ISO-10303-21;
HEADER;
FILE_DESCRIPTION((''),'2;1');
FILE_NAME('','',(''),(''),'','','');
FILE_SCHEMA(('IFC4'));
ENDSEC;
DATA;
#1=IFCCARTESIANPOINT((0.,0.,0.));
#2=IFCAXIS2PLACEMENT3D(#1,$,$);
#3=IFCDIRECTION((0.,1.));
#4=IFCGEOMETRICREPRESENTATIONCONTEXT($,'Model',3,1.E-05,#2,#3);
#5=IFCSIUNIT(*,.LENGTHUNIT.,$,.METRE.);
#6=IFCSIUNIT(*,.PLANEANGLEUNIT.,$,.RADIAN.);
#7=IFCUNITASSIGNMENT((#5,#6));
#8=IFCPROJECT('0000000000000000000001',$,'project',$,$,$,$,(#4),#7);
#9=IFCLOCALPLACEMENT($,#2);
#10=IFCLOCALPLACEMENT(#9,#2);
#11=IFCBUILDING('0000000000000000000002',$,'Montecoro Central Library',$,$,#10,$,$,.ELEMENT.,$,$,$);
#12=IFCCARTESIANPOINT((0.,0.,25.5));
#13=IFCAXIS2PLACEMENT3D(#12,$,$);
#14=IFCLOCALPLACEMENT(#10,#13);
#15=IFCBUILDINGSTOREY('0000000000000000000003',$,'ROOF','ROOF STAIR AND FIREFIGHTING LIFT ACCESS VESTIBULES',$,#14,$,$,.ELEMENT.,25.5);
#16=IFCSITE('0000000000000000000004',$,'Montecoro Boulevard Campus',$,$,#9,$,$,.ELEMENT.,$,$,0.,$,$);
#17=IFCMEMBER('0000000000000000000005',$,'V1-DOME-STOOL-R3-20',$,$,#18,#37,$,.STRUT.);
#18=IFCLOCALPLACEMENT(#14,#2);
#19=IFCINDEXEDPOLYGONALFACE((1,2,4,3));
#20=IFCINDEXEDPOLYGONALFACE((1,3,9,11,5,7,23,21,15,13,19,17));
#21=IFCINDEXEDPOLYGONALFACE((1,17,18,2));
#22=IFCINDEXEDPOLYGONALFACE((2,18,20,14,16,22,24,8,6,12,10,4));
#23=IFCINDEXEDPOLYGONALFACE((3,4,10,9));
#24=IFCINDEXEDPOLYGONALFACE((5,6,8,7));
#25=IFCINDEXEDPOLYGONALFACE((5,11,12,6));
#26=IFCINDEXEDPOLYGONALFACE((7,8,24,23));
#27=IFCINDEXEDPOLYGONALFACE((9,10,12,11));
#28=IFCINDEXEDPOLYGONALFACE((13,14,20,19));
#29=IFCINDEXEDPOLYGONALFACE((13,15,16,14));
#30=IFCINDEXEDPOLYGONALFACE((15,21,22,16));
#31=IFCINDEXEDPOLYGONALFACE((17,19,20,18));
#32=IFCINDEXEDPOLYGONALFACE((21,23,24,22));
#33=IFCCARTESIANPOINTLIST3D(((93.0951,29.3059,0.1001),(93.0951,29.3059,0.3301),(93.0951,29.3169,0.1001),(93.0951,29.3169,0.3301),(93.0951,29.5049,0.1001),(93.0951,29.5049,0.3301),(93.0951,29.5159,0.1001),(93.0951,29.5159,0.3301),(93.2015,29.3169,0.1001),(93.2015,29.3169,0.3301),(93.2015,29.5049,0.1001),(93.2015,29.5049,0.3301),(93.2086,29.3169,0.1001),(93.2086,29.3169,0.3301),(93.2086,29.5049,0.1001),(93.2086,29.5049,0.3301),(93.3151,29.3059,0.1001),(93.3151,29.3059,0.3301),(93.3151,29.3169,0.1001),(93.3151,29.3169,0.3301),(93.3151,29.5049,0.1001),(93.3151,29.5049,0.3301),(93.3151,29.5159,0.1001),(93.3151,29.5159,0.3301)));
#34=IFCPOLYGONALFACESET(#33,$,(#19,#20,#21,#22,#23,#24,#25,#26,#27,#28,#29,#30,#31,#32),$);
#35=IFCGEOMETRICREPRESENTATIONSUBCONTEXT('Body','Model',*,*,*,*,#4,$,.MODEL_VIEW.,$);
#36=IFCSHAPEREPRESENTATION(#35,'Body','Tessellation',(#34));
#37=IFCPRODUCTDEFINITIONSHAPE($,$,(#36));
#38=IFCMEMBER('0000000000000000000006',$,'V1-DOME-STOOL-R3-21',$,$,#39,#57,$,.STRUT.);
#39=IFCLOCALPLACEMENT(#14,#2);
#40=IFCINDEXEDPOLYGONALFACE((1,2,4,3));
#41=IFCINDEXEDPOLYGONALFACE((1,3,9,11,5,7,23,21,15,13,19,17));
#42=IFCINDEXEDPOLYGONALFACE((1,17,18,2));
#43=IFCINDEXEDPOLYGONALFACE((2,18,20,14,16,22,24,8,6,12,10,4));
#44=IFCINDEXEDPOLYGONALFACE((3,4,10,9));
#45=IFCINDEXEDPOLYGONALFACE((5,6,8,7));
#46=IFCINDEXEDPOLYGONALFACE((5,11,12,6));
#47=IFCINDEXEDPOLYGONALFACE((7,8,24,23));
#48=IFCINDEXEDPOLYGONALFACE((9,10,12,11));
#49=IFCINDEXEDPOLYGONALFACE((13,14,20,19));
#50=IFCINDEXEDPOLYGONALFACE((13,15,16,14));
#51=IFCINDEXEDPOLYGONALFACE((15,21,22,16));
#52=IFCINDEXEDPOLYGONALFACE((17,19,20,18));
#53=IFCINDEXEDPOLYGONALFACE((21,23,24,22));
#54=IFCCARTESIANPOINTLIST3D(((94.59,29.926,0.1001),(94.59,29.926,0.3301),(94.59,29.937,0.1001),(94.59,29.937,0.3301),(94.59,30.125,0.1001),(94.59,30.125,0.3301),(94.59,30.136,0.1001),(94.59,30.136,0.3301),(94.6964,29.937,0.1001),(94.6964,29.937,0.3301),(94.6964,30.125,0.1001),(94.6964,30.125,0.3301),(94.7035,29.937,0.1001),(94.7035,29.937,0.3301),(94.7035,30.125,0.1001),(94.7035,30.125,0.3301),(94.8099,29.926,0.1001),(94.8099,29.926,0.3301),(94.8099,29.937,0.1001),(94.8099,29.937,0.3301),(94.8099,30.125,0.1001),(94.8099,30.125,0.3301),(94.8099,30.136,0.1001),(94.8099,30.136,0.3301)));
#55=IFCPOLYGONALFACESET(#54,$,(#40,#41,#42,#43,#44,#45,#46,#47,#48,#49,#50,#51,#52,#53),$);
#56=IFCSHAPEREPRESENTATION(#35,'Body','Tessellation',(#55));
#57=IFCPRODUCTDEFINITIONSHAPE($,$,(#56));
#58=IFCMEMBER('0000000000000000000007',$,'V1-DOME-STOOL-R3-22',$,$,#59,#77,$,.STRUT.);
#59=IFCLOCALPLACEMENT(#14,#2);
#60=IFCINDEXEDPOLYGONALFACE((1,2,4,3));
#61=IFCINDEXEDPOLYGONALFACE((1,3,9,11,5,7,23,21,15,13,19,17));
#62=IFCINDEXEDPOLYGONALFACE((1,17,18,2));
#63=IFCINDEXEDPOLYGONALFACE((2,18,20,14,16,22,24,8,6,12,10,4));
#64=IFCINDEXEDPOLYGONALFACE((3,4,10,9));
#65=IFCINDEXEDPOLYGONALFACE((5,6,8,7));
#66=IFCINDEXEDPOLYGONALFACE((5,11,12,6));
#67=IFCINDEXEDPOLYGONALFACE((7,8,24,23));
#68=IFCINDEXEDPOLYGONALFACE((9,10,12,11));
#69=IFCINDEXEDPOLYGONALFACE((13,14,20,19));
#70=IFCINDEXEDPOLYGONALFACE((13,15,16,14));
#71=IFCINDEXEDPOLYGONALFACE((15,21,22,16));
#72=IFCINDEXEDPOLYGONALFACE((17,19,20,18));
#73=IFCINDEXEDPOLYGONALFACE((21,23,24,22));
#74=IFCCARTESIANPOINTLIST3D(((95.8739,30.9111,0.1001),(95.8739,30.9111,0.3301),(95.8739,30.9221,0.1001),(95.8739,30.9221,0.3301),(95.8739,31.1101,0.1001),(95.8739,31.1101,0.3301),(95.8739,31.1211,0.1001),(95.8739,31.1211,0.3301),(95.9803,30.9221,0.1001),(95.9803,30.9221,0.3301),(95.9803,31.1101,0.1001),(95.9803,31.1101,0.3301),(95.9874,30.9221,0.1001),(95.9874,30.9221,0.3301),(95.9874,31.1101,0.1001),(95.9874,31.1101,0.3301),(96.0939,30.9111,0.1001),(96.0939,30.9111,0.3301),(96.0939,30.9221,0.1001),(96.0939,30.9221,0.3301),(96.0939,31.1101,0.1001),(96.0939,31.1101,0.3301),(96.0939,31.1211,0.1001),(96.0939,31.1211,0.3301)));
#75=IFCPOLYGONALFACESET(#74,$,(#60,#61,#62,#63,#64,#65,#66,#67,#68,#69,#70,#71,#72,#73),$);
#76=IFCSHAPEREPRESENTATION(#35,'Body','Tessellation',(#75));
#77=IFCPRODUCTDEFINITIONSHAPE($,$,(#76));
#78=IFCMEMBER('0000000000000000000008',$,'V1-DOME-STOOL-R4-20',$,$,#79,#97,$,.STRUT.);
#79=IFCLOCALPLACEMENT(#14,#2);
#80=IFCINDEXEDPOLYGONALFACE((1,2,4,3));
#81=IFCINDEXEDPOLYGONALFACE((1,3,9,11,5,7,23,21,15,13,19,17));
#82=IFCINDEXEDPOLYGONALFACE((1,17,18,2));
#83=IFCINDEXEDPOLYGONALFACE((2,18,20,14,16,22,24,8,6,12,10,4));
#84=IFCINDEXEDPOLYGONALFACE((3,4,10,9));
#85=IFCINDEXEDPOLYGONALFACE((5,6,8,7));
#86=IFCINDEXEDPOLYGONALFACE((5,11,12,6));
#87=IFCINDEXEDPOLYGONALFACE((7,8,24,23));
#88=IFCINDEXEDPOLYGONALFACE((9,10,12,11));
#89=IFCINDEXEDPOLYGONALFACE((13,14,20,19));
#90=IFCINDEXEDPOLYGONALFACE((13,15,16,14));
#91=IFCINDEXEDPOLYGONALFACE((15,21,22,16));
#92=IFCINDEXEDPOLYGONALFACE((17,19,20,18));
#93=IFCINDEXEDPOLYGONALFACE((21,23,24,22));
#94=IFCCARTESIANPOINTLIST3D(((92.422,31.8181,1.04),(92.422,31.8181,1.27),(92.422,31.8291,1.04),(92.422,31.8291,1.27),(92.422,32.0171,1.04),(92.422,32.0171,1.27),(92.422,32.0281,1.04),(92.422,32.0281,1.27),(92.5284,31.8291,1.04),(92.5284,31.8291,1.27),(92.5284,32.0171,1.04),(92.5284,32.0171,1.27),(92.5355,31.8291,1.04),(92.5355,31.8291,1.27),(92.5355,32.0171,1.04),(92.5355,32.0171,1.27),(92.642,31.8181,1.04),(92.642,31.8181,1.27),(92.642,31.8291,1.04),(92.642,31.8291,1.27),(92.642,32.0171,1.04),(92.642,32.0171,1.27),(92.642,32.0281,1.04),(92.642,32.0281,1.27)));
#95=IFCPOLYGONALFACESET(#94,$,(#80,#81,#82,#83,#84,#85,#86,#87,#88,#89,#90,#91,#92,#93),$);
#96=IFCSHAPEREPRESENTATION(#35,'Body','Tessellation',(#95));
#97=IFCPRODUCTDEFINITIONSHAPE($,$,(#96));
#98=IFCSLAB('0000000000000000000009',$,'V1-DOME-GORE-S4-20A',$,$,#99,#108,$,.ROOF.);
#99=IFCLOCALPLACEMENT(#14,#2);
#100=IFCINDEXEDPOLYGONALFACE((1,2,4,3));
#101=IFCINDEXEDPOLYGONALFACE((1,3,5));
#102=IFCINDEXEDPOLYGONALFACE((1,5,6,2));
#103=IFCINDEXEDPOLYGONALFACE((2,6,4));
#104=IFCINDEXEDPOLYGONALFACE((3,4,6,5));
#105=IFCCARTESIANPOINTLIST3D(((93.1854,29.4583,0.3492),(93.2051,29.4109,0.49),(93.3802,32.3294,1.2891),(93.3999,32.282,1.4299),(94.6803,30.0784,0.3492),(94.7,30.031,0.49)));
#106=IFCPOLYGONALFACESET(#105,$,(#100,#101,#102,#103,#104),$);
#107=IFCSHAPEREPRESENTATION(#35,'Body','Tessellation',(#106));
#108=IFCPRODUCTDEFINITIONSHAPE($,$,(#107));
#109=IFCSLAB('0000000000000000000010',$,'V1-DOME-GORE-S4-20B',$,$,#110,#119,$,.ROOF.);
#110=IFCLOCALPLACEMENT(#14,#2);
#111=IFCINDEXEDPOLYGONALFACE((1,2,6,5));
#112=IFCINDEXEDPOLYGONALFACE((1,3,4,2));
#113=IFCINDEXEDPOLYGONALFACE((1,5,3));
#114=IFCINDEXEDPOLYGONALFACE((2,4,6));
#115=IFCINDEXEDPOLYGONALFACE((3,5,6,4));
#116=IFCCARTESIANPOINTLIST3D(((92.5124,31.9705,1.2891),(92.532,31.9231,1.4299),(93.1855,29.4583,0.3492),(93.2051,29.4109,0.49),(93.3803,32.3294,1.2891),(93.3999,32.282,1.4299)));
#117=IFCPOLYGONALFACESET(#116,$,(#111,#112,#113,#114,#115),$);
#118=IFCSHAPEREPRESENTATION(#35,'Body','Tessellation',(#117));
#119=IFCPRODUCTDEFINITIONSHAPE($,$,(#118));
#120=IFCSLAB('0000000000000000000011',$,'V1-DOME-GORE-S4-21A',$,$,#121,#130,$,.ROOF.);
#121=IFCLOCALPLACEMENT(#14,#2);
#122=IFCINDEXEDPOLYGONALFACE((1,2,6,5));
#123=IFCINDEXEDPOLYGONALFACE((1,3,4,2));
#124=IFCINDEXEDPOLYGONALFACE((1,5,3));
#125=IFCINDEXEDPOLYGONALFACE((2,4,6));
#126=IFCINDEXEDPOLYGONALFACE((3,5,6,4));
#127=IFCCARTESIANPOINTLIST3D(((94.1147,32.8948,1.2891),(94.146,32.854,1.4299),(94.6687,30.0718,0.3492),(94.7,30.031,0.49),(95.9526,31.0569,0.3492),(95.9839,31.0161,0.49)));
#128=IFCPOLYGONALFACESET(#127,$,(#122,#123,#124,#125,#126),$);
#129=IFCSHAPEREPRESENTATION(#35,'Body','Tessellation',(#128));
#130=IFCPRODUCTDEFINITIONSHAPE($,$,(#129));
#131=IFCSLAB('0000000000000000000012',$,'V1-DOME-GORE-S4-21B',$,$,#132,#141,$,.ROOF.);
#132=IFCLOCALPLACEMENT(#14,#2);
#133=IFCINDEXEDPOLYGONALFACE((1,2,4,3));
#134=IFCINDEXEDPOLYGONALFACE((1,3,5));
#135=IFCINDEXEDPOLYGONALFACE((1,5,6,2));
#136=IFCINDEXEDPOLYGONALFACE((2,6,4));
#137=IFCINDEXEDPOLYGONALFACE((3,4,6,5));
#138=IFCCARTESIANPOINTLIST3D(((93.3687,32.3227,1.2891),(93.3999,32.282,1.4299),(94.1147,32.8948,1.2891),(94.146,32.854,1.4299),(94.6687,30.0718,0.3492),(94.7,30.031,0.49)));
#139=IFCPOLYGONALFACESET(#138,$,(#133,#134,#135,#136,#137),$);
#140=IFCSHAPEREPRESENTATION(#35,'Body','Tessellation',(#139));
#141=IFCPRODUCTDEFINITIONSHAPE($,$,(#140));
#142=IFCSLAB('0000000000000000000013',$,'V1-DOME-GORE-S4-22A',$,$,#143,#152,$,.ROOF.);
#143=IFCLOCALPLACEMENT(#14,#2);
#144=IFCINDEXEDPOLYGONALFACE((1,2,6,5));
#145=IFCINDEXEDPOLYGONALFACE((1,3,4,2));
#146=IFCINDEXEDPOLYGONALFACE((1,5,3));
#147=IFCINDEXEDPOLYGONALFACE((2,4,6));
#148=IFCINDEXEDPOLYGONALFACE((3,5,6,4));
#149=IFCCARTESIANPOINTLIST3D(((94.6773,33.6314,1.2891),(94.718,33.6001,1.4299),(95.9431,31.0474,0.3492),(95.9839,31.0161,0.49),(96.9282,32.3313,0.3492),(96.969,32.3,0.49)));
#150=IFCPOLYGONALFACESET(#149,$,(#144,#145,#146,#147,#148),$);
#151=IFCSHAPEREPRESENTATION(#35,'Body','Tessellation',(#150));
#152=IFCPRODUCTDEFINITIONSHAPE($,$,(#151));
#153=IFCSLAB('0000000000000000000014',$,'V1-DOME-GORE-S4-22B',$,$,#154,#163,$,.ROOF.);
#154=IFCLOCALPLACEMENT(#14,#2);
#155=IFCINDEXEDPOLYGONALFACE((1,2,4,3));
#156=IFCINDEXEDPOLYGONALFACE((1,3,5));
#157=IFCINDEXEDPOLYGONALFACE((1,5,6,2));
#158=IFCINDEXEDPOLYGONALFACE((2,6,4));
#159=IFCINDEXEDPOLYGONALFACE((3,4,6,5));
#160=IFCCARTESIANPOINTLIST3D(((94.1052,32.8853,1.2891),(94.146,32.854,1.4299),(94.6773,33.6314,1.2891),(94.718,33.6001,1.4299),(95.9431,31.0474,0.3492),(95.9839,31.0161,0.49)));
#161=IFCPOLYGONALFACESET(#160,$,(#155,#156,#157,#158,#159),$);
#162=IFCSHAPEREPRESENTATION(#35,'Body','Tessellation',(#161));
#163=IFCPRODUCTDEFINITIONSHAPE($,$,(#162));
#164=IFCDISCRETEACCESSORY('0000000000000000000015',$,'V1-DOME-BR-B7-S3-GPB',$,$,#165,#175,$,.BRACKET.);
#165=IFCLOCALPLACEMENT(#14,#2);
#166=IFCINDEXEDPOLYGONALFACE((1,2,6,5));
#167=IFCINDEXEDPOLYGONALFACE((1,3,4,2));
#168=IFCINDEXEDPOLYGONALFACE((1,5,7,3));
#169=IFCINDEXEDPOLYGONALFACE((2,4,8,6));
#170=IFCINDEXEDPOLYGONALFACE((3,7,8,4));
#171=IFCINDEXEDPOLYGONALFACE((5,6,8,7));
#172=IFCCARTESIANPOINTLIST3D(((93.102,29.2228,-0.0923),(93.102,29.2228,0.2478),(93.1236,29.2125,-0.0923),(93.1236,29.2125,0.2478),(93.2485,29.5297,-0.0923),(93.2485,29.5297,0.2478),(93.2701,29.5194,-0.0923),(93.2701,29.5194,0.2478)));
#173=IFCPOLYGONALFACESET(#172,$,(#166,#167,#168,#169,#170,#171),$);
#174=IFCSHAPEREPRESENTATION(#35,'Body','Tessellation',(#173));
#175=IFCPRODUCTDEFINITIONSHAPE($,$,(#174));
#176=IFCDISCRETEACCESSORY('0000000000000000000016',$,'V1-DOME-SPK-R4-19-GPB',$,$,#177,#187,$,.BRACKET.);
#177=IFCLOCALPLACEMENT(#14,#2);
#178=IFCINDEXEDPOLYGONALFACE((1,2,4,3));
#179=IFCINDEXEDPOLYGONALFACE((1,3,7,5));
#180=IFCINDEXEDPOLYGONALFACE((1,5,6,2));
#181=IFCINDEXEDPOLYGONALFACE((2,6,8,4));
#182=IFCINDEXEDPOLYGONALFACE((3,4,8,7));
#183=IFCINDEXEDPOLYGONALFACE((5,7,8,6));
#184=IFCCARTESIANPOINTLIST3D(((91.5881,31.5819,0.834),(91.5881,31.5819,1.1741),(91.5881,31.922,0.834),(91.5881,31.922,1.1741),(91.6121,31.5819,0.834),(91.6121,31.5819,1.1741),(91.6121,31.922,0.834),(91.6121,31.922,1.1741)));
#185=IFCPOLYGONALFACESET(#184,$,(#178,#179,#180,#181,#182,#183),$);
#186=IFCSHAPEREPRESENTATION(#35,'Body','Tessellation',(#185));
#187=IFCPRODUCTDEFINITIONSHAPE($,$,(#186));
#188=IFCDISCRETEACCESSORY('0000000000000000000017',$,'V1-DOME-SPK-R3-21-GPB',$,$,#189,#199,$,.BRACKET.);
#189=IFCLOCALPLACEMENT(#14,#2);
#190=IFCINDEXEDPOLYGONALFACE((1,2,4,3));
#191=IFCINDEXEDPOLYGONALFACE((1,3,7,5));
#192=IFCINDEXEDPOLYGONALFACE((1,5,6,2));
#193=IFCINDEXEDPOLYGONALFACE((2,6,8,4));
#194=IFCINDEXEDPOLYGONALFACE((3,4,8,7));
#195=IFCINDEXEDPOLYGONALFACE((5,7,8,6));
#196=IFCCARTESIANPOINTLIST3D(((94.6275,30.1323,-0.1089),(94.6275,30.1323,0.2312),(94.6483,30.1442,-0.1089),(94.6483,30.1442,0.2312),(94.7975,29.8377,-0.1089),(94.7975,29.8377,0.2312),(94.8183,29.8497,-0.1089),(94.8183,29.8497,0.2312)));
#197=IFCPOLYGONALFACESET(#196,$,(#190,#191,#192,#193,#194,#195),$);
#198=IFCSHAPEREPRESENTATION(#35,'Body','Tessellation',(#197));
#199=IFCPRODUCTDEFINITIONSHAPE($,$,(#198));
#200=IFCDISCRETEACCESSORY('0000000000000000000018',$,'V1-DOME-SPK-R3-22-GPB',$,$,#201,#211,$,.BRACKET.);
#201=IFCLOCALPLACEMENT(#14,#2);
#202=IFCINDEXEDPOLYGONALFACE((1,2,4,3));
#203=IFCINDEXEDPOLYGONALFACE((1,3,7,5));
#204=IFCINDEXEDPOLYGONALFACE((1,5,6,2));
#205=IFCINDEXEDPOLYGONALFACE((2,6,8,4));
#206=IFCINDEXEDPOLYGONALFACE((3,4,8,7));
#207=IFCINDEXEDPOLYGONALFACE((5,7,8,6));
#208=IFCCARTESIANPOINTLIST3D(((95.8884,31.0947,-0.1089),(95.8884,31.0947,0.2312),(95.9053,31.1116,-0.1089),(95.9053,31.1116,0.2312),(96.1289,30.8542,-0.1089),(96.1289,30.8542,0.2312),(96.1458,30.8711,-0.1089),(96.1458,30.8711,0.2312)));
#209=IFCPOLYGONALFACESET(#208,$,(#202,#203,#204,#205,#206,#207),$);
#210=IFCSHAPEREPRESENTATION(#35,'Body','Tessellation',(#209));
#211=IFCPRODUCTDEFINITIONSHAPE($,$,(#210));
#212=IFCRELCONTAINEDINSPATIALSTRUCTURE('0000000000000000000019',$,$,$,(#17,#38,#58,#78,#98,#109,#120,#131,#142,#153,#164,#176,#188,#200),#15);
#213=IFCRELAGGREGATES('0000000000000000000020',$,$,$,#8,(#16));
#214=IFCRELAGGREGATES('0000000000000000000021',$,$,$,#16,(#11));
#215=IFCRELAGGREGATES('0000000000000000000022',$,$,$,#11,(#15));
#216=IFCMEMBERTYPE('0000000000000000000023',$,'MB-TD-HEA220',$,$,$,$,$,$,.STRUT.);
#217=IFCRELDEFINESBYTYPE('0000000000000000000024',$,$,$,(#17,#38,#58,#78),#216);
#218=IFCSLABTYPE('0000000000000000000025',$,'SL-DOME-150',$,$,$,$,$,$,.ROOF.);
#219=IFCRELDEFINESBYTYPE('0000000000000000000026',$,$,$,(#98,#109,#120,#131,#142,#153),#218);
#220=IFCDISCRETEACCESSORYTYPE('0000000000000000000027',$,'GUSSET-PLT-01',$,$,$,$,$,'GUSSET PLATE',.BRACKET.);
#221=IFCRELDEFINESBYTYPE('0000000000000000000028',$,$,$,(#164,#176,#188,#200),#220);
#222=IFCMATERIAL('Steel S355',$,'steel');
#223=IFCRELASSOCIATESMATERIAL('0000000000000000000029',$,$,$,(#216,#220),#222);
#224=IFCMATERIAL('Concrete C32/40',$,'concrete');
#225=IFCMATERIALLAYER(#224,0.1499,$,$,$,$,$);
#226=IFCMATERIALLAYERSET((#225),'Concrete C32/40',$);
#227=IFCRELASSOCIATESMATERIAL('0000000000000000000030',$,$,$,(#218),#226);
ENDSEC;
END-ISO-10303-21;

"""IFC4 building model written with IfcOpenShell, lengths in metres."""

from ifc_helpers import new_model, si_unit, direction, frame, origin, origin_2d, place, context, subcontext, project, spatial, polyline, rectangle, i_section, outline, extrude, material, layer, layer_set, material_profile, profile_set, type_object, element, save


model = new_model("IFC4")

# Units and contexts
model_context = context("Model", 3, precision=1e-05, world=origin(), true_north=direction((0.0, 1.0)))
body_context = subcontext(model_context, "Body", "Model", "MODEL_VIEW")
ifc_project = project(units=[si_unit("LENGTHUNIT", "METRE"), si_unit("PLANEANGLEUNIT", "RADIAN")], contexts=[model_context])

# Site, building, storey
site_placement = place(None, origin())
site = spatial("IfcSite", under=ifc_project, at=site_placement, Name="Montecoro Boulevard Campus", CompositionType="ELEMENT", RefElevation=0.0)
building_placement = place(site_placement, origin())
building = spatial("IfcBuilding", under=site, at=building_placement, Name="Montecoro Central Library", CompositionType="ELEMENT")
storey_placement = place(building_placement, frame((0.0, 0.0, 25.5)))
storey = spatial("IfcBuildingStorey", under=building, at=storey_placement, Name="ROOF", Description="ROOF STAIR AND FIREFIGHTING LIFT ACCESS VESTIBULES", CompositionType="ELEMENT", Elevation=25.5)

# Members
ifc_material_1 = material(Name="Steel S355", Category="steel")
ifc_material_profile_1 = material_profile(ifc_material_1, i_section(OverallWidth=0.22, OverallDepth=0.21, WebThickness=0.0071, FlangeThickness=0.011, at=origin_2d()), Name="HEA 220")
ifc_profile_set_1 = profile_set([ifc_material_profile_1], Name="Steel S355")
member_type_1 = type_object("IfcMemberType", Name="MB-TD-HEA220", PredefinedType="STRUT", material=ifc_profile_set_1)
for number, where, z_axis, x_axis, name in (
    (1, (93.2051, 29.4109, 0.1001), (0.0, 0.0, 1.0), (1.0, 0.0, 0.0), "V1-DOME-STOOL-R3-20"),
    (2, (94.7, 30.031, 0.1001), (0.0, 0.0, 1.0), (1.0, 0.0, 0.0), "V1-DOME-STOOL-R3-21"),
    (3, (95.9839, 31.0161, 0.1001), (0.0, 0.0, 1.0), (1.0, 0.0, 0.0), "V1-DOME-STOOL-R3-22"),
    (4, (92.532, 31.9231, 1.04), (0.0, 0.0, 1.0), (1.0, 0.0, 0.0), "V1-DOME-STOOL-R4-20"),
):
    element("IfcMember", number, at=place(storey_placement, frame(where, z_axis=z_axis, x_axis=x_axis)), inside=storey, type_object=member_type_1, Name=name, PredefinedType="STRUT", context=body_context, shape_type="SweptSolid", body=[
        extrude(i_section(OverallWidth=0.22, OverallDepth=0.21, WebThickness=0.0071, FlangeThickness=0.011, at=origin_2d()), origin(), (0.0, 0.0, 1.0), 0.23),
    ])

# Slabs
ifc_material_2 = material(Name="Concrete C32/40", Category="concrete")
ifc_layer = layer(ifc_material_2, 0.1499)
ifc_layer_set = layer_set([ifc_layer], Name="Concrete C32/40")
slab_type = type_object("IfcSlabType", Name="SL-DOME-150", PredefinedType="ROOF", material=ifc_layer_set)
slab_1_placement = place(storey_placement, frame((93.2051, 29.4109, 0.49), z_axis=(0.131283, -0.316474, 0.939473), x_axis=(0.923678, 0.383169, 0.0)))
element("IfcSlab", 5, at=slab_1_placement, inside=storey, type_object=slab_type, Name="V1-DOME-GORE-S4-20A", PredefinedType="ROOF", context=body_context, shape_type="SweptSolid", body=[
    extrude(outline(polyline([(0.0, 0.0), (1.6184, 0.0), (1.2801, 2.7434), (0.0, 0.0)])), origin(), (0.0, 0.0, -1.0), 0.1499),
])
slab_2_placement = place(storey_placement, frame((93.2051, 29.4109, 0.49), z_axis=(0.130859, -0.316465, 0.939535), x_axis=(0.064355, 0.948397, 0.310487)))
element("IfcSlab", 6, at=slab_2_placement, inside=storey, type_object=slab_type, Name="V1-DOME-GORE-S4-20B", PredefinedType="ROOF", context=body_context, shape_type="SweptSolid", body=[
    extrude(outline(polyline([(0.0, 0.0), (3.0273, 0.0), (2.6311, 0.8515), (0.0, 0.0)])), origin(), (0.0, 0.0, -1.0), 0.1499),
])
slab_3_placement = place(storey_placement, frame((94.7, 30.031, 0.49), z_axis=(0.208592, -0.271868, 0.939456), x_axis=(0.79338, 0.608726, 0.0)))
element("IfcSlab", 7, at=slab_3_placement, inside=storey, type_object=slab_type, Name="V1-DOME-GORE-S4-21A", PredefinedType="ROOF", context=body_context, shape_type="SweptSolid", body=[
    extrude(outline(polyline([(0.0, 0.0), (1.6183, 0.0), (1.2789, 2.743), (0.0, 0.0)])), origin(), (0.0, 0.0, -1.0), 0.1499),
])
slab_4_placement = place(storey_placement, frame((94.7, 30.031, 0.49), z_axis=(0.208463, -0.2719, 0.939475), x_axis=(-0.183035, 0.932761, 0.310571)))
element("IfcSlab", 8, at=slab_4_placement, inside=storey, type_object=slab_type, Name="V1-DOME-GORE-S4-21B", PredefinedType="ROOF", context=body_context, shape_type="SweptSolid", body=[
    extrude(outline(polyline([(0.0, 0.0), (3.0265, 0.0), (2.6295, 0.8522), (0.0, 0.0)])), origin(), (0.0, 0.0, -1.0), 0.1499),
])
slab_5_placement = place(storey_placement, frame((95.9839, 31.0161, 0.49), z_axis=(0.271837, -0.208568, 0.93947), x_axis=(0.608726, 0.79338, 0.0)))
element("IfcSlab", 9, at=slab_5_placement, inside=storey, type_object=slab_type, Name="V1-DOME-GORE-S4-22A", PredefinedType="ROOF", context=body_context, shape_type="SweptSolid", body=[
    extrude(outline(polyline([(0.0, 0.0), (1.6183, 0.0), (1.2795, 2.7433), (0.0, 0.0)])), origin(), (0.0, 0.0, -1.0), 0.1499),
])
slab_6_placement = place(storey_placement, frame((95.9839, 31.0161, 0.49), z_axis=(0.271954, -0.208504, 0.939451), x_axis=(-0.418189, 0.853638, 0.310516)))
element("IfcSlab", 10, at=slab_6_placement, inside=storey, type_object=slab_type, Name="V1-DOME-GORE-S4-22B", PredefinedType="ROOF", context=body_context, shape_type="SweptSolid", body=[
    extrude(outline(polyline([(0.0, 0.0), (3.027, 0.0), (2.6293, 0.8519), (0.0, 0.0)])), origin(), (0.0, 0.0, -1.0), 0.1499),
])

# Discrete accessories
discrete_accessory_type = type_object("IfcDiscreteAccessoryType", Name="GUSSET-PLT-01", ElementType="GUSSET PLATE", PredefinedType="BRACKET", material=ifc_material_1)
for number, where, z_axis, x_axis, name in (
    (11, (93.186, 29.3711, -0.0923), (0.0, 0.0, 1.0), (0.430826, 0.902435, 0.0), "V1-DOME-BR-B7-S3-GPB"),
    (12, (91.6001, 31.752, 0.834), (0.0, 0.0, 1.0), (0.0, 1.0, 0.0), "V1-DOME-SPK-R4-19-GPB"),
    (13, (94.7229, 29.991, -0.1089), (0.0, 0.0, 1.0), (-0.499849, 0.866113, 0.0), "V1-DOME-SPK-R3-21-GPB"),
    (14, (96.0171, 30.9829, -0.1089), (0.0, 0.0, 1.0), (-0.707107, 0.707107, 0.0), "V1-DOME-SPK-R3-22-GPB"),
):
    element("IfcDiscreteAccessory", number, at=place(storey_placement, frame(where, z_axis=z_axis, x_axis=x_axis)), inside=storey, type_object=discrete_accessory_type, Name=name, PredefinedType="BRACKET", context=body_context, shape_type="SweptSolid", body=[
        extrude(rectangle(XDim=0.3401, YDim=0.0239, at=origin_2d()), origin(), (0.0, 0.0, 1.0), 0.3401),
    ])

save(model, "model.ifc")
